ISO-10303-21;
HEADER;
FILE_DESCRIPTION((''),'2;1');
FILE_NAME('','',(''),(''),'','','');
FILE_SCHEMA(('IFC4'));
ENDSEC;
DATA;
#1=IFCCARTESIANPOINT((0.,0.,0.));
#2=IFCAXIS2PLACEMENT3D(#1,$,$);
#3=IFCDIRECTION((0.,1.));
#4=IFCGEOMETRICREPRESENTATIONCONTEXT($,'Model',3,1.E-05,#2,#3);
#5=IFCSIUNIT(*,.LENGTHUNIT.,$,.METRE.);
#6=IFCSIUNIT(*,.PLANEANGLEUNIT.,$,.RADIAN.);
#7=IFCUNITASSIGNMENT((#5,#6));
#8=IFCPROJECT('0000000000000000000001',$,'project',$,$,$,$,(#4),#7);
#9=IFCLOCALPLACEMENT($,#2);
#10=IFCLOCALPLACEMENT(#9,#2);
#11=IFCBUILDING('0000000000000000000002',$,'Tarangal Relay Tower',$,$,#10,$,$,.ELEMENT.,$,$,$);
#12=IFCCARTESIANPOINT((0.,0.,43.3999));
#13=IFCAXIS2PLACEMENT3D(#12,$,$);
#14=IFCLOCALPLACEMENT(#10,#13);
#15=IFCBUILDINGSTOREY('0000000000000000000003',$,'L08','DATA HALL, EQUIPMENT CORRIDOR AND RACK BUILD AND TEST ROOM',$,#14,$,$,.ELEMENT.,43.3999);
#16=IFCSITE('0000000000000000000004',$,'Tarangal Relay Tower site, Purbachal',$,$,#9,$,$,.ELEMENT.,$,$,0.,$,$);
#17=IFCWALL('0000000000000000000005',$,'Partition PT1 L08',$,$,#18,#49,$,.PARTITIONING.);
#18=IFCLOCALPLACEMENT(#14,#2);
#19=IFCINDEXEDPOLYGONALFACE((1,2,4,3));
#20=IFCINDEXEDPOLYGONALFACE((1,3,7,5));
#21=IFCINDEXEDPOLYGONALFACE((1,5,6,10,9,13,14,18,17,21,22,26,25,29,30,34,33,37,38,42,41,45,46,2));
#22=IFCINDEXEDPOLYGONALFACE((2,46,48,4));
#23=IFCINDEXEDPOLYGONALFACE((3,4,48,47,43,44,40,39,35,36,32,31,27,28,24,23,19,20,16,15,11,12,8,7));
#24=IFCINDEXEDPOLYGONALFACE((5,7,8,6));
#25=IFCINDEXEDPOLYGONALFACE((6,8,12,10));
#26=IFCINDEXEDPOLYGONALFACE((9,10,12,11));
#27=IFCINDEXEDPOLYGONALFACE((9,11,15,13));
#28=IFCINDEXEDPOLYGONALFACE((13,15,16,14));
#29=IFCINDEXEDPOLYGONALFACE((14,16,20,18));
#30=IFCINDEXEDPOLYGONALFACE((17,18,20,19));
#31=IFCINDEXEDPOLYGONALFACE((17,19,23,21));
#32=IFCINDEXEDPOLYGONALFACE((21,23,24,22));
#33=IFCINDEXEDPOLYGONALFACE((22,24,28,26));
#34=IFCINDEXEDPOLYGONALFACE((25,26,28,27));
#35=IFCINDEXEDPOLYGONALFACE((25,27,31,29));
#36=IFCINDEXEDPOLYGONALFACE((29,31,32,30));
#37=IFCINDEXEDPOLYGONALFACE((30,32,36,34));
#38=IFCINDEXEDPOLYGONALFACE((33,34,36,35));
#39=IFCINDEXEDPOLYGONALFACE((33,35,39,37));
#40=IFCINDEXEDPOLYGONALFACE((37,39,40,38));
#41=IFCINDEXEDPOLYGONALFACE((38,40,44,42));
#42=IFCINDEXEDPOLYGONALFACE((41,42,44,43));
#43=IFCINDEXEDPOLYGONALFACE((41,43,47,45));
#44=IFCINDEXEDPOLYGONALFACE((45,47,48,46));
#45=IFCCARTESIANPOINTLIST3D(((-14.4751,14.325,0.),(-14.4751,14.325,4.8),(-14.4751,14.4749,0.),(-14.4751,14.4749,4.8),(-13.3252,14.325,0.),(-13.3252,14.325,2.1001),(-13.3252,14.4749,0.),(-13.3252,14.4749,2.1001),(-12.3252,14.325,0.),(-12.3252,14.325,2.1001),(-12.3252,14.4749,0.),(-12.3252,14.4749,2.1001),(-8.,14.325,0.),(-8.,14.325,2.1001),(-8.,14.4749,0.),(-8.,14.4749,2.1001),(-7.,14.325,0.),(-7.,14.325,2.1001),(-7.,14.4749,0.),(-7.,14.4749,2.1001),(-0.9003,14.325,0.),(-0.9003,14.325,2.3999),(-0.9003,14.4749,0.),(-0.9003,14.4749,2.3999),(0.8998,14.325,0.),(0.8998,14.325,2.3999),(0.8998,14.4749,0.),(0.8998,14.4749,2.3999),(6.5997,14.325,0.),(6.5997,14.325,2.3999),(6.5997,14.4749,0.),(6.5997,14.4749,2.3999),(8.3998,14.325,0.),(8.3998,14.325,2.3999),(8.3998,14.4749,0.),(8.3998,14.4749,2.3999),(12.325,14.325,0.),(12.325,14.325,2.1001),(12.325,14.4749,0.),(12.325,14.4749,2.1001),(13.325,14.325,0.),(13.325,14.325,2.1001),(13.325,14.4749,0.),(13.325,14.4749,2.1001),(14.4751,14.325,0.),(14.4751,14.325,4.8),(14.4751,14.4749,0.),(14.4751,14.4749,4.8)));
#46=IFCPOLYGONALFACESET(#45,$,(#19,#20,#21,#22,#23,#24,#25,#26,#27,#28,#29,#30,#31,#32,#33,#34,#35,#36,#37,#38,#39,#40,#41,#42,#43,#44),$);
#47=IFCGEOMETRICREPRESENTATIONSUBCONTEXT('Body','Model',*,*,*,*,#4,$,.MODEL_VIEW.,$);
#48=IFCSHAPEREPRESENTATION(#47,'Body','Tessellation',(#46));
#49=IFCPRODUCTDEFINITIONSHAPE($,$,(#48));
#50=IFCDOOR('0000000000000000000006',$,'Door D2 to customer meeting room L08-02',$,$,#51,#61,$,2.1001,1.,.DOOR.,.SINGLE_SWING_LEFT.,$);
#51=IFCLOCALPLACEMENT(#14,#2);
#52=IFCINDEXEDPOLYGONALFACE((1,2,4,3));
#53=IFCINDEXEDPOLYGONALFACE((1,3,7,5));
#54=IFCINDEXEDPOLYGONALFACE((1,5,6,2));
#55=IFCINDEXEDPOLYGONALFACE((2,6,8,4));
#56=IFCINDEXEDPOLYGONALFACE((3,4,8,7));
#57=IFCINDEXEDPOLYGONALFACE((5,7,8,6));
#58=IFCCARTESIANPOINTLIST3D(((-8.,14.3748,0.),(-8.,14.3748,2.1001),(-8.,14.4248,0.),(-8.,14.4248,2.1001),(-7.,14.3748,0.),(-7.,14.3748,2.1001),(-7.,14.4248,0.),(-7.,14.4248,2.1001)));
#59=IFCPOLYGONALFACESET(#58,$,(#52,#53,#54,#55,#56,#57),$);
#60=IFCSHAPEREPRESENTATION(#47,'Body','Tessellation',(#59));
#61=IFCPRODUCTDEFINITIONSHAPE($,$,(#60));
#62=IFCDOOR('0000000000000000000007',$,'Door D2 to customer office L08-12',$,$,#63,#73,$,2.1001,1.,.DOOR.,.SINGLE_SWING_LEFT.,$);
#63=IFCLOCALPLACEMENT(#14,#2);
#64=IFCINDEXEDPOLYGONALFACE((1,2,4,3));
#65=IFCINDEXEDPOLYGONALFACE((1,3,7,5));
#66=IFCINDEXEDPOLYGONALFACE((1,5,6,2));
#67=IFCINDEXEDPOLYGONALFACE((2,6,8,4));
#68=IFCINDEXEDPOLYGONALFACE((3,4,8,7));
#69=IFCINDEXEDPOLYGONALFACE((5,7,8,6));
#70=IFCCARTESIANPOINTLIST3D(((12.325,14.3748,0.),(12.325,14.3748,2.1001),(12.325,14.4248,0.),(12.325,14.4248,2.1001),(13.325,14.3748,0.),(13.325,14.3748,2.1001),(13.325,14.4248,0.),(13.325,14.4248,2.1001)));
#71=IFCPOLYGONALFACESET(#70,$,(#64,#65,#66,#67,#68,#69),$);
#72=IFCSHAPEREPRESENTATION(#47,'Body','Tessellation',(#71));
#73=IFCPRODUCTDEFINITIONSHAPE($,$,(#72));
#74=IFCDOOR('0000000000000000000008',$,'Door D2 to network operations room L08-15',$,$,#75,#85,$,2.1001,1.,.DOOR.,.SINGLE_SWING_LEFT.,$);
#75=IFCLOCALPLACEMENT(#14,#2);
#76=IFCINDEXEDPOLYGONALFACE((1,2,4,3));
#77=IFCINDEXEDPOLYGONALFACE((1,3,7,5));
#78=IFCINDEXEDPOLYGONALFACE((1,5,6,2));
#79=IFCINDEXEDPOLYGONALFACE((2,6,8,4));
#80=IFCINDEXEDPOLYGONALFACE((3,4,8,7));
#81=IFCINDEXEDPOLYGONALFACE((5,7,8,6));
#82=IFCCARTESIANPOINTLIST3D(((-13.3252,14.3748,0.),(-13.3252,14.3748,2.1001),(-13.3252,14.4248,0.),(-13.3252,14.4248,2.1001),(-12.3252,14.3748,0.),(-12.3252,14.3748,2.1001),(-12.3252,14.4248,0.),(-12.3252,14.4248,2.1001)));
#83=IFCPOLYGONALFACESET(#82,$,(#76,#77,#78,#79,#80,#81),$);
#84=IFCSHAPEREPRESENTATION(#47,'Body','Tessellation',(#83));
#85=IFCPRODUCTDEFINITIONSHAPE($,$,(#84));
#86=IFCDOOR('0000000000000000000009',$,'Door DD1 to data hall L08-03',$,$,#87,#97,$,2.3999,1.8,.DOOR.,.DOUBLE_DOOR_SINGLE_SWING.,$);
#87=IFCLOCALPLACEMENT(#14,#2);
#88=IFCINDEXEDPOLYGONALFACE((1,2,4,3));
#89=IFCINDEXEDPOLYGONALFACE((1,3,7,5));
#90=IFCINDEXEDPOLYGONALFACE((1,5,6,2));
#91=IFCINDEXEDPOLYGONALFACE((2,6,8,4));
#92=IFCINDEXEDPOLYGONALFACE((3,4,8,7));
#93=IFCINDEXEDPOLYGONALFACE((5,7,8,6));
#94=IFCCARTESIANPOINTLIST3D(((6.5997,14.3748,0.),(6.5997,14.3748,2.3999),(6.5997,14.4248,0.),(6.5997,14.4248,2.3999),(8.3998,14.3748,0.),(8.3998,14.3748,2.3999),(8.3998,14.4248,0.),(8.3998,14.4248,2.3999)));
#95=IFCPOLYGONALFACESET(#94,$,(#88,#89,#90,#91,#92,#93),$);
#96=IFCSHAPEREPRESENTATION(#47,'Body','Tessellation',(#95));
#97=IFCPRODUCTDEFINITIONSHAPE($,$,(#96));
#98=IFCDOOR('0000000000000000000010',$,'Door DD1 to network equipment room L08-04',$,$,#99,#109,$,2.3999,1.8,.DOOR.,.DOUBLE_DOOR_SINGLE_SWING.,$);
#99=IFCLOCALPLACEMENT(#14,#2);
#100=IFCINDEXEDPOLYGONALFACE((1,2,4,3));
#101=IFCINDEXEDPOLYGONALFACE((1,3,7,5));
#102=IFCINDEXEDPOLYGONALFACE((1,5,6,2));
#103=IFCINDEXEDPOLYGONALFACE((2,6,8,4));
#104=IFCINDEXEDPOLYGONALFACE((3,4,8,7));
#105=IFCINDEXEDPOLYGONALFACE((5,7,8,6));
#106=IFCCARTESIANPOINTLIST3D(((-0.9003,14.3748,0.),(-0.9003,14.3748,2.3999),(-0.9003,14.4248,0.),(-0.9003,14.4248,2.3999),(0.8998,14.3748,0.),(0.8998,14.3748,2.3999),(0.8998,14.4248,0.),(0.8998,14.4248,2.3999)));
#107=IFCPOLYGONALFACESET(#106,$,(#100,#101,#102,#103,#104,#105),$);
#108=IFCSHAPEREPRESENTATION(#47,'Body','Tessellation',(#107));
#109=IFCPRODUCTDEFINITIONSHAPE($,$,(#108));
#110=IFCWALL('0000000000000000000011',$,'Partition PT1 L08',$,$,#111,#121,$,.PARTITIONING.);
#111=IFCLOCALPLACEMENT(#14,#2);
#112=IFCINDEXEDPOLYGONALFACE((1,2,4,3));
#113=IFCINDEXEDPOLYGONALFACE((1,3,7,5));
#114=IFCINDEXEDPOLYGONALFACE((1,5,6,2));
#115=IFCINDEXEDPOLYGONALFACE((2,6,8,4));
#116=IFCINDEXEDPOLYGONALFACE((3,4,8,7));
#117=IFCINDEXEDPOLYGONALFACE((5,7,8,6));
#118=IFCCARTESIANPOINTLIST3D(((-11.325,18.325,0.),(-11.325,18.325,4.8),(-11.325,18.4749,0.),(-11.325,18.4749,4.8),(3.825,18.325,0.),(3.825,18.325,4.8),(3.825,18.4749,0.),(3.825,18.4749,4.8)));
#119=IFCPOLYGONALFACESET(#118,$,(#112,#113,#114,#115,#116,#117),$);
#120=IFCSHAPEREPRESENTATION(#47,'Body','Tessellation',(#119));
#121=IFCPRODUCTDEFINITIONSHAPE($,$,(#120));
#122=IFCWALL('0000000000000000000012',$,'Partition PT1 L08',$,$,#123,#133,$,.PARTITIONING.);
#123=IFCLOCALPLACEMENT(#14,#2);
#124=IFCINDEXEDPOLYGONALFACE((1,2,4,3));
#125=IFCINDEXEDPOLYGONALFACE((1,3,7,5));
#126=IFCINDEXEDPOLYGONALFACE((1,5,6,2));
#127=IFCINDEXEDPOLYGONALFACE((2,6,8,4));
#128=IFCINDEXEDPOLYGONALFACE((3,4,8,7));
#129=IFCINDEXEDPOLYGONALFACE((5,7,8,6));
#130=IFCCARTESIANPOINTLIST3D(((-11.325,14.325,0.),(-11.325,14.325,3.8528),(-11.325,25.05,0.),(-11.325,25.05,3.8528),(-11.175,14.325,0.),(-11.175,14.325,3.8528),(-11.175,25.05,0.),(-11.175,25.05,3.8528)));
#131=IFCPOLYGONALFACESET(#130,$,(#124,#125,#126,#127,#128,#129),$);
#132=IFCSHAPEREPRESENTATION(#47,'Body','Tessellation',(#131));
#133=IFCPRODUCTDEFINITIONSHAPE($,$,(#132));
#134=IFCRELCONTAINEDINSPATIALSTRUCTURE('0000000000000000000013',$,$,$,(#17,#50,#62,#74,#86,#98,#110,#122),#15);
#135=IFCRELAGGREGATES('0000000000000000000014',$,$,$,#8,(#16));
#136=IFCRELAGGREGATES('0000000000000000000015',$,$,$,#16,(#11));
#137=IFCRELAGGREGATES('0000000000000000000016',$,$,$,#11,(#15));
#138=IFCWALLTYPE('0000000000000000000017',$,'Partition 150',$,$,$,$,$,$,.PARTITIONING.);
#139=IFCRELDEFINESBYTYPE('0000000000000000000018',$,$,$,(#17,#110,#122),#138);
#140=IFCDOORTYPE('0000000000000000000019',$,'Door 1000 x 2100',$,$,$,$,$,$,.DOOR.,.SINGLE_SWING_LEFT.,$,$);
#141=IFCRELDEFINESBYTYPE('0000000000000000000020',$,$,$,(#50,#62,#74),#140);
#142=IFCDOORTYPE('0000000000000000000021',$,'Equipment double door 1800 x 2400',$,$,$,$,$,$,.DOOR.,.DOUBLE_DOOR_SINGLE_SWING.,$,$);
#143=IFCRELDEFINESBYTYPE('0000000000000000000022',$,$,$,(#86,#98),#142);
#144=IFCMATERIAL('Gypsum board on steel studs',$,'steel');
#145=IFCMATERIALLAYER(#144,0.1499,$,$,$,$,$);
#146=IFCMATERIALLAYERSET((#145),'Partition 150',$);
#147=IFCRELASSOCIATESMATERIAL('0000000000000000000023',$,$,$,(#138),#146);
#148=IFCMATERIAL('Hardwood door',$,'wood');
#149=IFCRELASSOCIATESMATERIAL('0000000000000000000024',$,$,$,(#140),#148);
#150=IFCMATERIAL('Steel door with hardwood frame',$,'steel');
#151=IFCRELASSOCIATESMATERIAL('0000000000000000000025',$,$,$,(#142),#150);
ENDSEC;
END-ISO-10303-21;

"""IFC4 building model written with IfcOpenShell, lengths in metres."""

from ifc_helpers import new_model, si_unit, direction, frame, frame_2d, origin, place, context, subcontext, project, spatial, rectangle, extrude, material, layer, layer_set, type_object, element, fill, save


model = new_model("IFC4")

# Units and contexts
model_context = context("Model", 3, precision=1e-05, world=origin(), true_north=direction((0.0, 1.0)))
body_context = subcontext(model_context, "Body", "Model", "MODEL_VIEW")
ifc_project = project(units=[si_unit("LENGTHUNIT", "METRE"), si_unit("PLANEANGLEUNIT", "RADIAN")], contexts=[model_context])

# Site, building, storey
site_placement = place(None, origin())
site = spatial("IfcSite", under=ifc_project, at=site_placement, Name="Tarangal Relay Tower site, Purbachal", CompositionType="ELEMENT", RefElevation=0.0)
building_placement = place(site_placement, origin())
building = spatial("IfcBuilding", under=site, at=building_placement, Name="Tarangal Relay Tower", CompositionType="ELEMENT")
storey_placement = place(building_placement, frame((0.0, 0.0, 43.3999)))
storey = spatial("IfcBuildingStorey", under=building, at=storey_placement, Name="L08", Description="DATA HALL, EQUIPMENT CORRIDOR AND RACK BUILD AND TEST ROOM", CompositionType="ELEMENT", Elevation=43.3999)

# Wall, openings, doors
ifc_material_1 = material(Name="Gypsum board on steel studs", Category="steel")
ifc_layer_1 = layer(ifc_material_1, 0.1499)
ifc_layer_set_1 = layer_set([ifc_layer_1], Name="Partition 150")
wall_type_1 = type_object("IfcWallType", Name="Partition 150", PredefinedType="PARTITIONING", material=ifc_layer_set_1)
wall_1_placement = place(storey_placement, frame((-14.4751, 14.3999, 0.0), z_axis=(0.0, 0.0, 1.0), x_axis=(1.0, 0.0, 0.0)))
wall_1 = element("IfcWall", 1, at=wall_1_placement, inside=storey, type_object=wall_type_1, Name="Partition PT1 L08", PredefinedType="PARTITIONING", context=body_context, shape_type="SweptSolid", body=[
    extrude(rectangle(XDim=28.9502, YDim=0.1499, at=frame_2d((14.4751, 0.0))), origin(), (0.0, 0.0, 1.0), 4.8),
])
opening_1_placement = place(wall_1_placement, frame((6.4751, 0.0, 0.0)))
opening_1 = element("IfcOpeningElement", 2, at=opening_1_placement, cuts=wall_1, PredefinedType="OPENING", context=body_context, shape_type="SweptSolid", body=[
    extrude(rectangle(XDim=1.0, YDim=2.1001, at=frame_2d((0.5, 1.05))), frame((0.0, 0.085, 0.0), z_axis=(0.0, -1.0, 0.0), x_axis=(1.0, 0.0, 0.0)), (0.0, 0.0, 1.0), 0.1699),
])
opening_2_placement = place(wall_1_placement, frame((21.075, 0.0, 0.0)))
opening_2 = element("IfcOpeningElement", 3, at=opening_2_placement, cuts=wall_1, PredefinedType="OPENING", context=body_context, shape_type="SweptSolid", body=[
    extrude(rectangle(XDim=1.8, YDim=2.3999, at=frame_2d((0.8999, 1.2))), frame((0.0, 0.085, 0.0), z_axis=(0.0, -1.0, 0.0), x_axis=(1.0, 0.0, 0.0)), (0.0, 0.0, 1.0), 0.1699),
])
opening_3_placement = place(wall_1_placement, frame((13.575, 0.0, 0.0)))
opening_3 = element("IfcOpeningElement", 4, at=opening_3_placement, cuts=wall_1, PredefinedType="OPENING", context=body_context, shape_type="SweptSolid", body=[
    extrude(rectangle(XDim=1.8, YDim=2.3999, at=frame_2d((0.8999, 1.2))), frame((0.0, 0.085, 0.0), z_axis=(0.0, -1.0, 0.0), x_axis=(1.0, 0.0, 0.0)), (0.0, 0.0, 1.0), 0.1699),
])
opening_4_placement = place(wall_1_placement, frame((26.8, 0.0, 0.0)))
opening_4 = element("IfcOpeningElement", 5, at=opening_4_placement, cuts=wall_1, PredefinedType="OPENING", context=body_context, shape_type="SweptSolid", body=[
    extrude(rectangle(XDim=1.0, YDim=2.1001, at=frame_2d((0.5, 1.05))), frame((0.0, 0.085, 0.0), z_axis=(0.0, -1.0, 0.0), x_axis=(1.0, 0.0, 0.0)), (0.0, 0.0, 1.0), 0.1699),
])
opening_5_placement = place(wall_1_placement, frame((1.1499, 0.0, 0.0)))
opening_5 = element("IfcOpeningElement", 6, at=opening_5_placement, cuts=wall_1, PredefinedType="OPENING", context=body_context, shape_type="SweptSolid", body=[
    extrude(rectangle(XDim=1.0, YDim=2.1001, at=frame_2d((0.5, 1.05))), frame((0.0, 0.085, 0.0), z_axis=(0.0, -1.0, 0.0), x_axis=(1.0, 0.0, 0.0)), (0.0, 0.0, 1.0), 0.1699),
])
ifc_material_2 = material(Name="Hardwood door", Category="wood")
door_type_1 = type_object("IfcDoorType", Name="Door 1000 x 2100", OperationType="SINGLE_SWING_LEFT", PredefinedType="DOOR", material=ifc_material_2)
door_1_placement = place(opening_1_placement, origin())
door_1 = element("IfcDoor", 7, at=door_1_placement, inside=storey, type_object=door_type_1, Name="Door D2 to customer meeting room L08-02", OperationType="SINGLE_SWING_LEFT", OverallHeight=2.1001, OverallWidth=1.0, PredefinedType="DOOR", context=body_context, shape_type="SweptSolid", body=[
    extrude(rectangle(XDim=1.0, YDim=2.1001, at=frame_2d((0.5, 1.05))), frame((0.0, 0.0249, 0.0), z_axis=(0.0, -1.0, 0.0), x_axis=(1.0, 0.0, 0.0)), (0.0, 0.0, 1.0), 0.05),
])
fill(opening_1, door_1)
door_2_placement = place(opening_4_placement, origin())
door_2 = element("IfcDoor", 8, at=door_2_placement, inside=storey, type_object=door_type_1, Name="Door D2 to customer office L08-12", OperationType="SINGLE_SWING_LEFT", OverallHeight=2.1001, OverallWidth=1.0, PredefinedType="DOOR", context=body_context, shape_type="SweptSolid", body=[
    extrude(rectangle(XDim=1.0, YDim=2.1001, at=frame_2d((0.5, 1.05))), frame((0.0, 0.0249, 0.0), z_axis=(0.0, -1.0, 0.0), x_axis=(1.0, 0.0, 0.0)), (0.0, 0.0, 1.0), 0.05),
])
fill(opening_4, door_2)
door_3_placement = place(opening_5_placement, origin())
door_3 = element("IfcDoor", 9, at=door_3_placement, inside=storey, type_object=door_type_1, Name="Door D2 to network operations room L08-15", OperationType="SINGLE_SWING_LEFT", OverallHeight=2.1001, OverallWidth=1.0, PredefinedType="DOOR", context=body_context, shape_type="SweptSolid", body=[
    extrude(rectangle(XDim=1.0, YDim=2.1001, at=frame_2d((0.5, 1.05))), frame((0.0, 0.0249, 0.0), z_axis=(0.0, -1.0, 0.0), x_axis=(1.0, 0.0, 0.0)), (0.0, 0.0, 1.0), 0.05),
])
fill(opening_5, door_3)
ifc_material_3 = material(Name="Steel door with hardwood frame", Category="steel")
door_type_2 = type_object("IfcDoorType", Name="Equipment double door 1800 x 2400", OperationType="DOUBLE_DOOR_SINGLE_SWING", PredefinedType="DOOR", material=ifc_material_3)
door_4_placement = place(opening_2_placement, origin())
door_4 = element("IfcDoor", 10, at=door_4_placement, inside=storey, type_object=door_type_2, Name="Door DD1 to data hall L08-03", OperationType="DOUBLE_DOOR_SINGLE_SWING", OverallHeight=2.3999, OverallWidth=1.8, PredefinedType="DOOR", context=body_context, shape_type="SweptSolid", body=[
    extrude(rectangle(XDim=1.8, YDim=2.3999, at=frame_2d((0.8999, 1.2))), frame((0.0, 0.0249, 0.0), z_axis=(0.0, -1.0, 0.0), x_axis=(1.0, 0.0, 0.0)), (0.0, 0.0, 1.0), 0.05),
])
fill(opening_2, door_4)
door_5_placement = place(opening_3_placement, origin())
door_5 = element("IfcDoor", 11, at=door_5_placement, inside=storey, type_object=door_type_2, Name="Door DD1 to network equipment room L08-04", OperationType="DOUBLE_DOOR_SINGLE_SWING", OverallHeight=2.3999, OverallWidth=1.8, PredefinedType="DOOR", context=body_context, shape_type="SweptSolid", body=[
    extrude(rectangle(XDim=1.8, YDim=2.3999, at=frame_2d((0.8999, 1.2))), frame((0.0, 0.0249, 0.0), z_axis=(0.0, -1.0, 0.0), x_axis=(1.0, 0.0, 0.0)), (0.0, 0.0, 1.0), 0.05),
])
fill(opening_3, door_5)

# Walls
wall_2_placement = place(storey_placement, frame((-11.325, 18.3999, 0.0), z_axis=(0.0, 0.0, 1.0), x_axis=(1.0, 0.0, 0.0)))
element("IfcWall", 12, at=wall_2_placement, inside=storey, type_object=wall_type_1, Name="Partition PT1 L08", PredefinedType="PARTITIONING", context=body_context, shape_type="SweptSolid", body=[
    extrude(rectangle(XDim=15.1499, YDim=0.1499, at=frame_2d((7.575, 0.0))), origin(), (0.0, 0.0, 1.0), 4.8),
])
wall_3_placement = place(storey_placement, frame((-11.25, 14.325, 0.0), z_axis=(0.0, 0.0, 1.0), x_axis=(0.0, 1.0, 0.0)))
element("IfcWall", 13, at=wall_3_placement, inside=storey, type_object=wall_type_1, Name="Partition PT1 L08", PredefinedType="PARTITIONING", context=body_context, shape_type="SweptSolid", body=[
    extrude(rectangle(XDim=10.7251, YDim=0.1499, at=frame_2d((5.3625, 0.0))), origin(), (0.0, 0.0, 1.0), 3.8528),
])

save(model, "model.ifc")
